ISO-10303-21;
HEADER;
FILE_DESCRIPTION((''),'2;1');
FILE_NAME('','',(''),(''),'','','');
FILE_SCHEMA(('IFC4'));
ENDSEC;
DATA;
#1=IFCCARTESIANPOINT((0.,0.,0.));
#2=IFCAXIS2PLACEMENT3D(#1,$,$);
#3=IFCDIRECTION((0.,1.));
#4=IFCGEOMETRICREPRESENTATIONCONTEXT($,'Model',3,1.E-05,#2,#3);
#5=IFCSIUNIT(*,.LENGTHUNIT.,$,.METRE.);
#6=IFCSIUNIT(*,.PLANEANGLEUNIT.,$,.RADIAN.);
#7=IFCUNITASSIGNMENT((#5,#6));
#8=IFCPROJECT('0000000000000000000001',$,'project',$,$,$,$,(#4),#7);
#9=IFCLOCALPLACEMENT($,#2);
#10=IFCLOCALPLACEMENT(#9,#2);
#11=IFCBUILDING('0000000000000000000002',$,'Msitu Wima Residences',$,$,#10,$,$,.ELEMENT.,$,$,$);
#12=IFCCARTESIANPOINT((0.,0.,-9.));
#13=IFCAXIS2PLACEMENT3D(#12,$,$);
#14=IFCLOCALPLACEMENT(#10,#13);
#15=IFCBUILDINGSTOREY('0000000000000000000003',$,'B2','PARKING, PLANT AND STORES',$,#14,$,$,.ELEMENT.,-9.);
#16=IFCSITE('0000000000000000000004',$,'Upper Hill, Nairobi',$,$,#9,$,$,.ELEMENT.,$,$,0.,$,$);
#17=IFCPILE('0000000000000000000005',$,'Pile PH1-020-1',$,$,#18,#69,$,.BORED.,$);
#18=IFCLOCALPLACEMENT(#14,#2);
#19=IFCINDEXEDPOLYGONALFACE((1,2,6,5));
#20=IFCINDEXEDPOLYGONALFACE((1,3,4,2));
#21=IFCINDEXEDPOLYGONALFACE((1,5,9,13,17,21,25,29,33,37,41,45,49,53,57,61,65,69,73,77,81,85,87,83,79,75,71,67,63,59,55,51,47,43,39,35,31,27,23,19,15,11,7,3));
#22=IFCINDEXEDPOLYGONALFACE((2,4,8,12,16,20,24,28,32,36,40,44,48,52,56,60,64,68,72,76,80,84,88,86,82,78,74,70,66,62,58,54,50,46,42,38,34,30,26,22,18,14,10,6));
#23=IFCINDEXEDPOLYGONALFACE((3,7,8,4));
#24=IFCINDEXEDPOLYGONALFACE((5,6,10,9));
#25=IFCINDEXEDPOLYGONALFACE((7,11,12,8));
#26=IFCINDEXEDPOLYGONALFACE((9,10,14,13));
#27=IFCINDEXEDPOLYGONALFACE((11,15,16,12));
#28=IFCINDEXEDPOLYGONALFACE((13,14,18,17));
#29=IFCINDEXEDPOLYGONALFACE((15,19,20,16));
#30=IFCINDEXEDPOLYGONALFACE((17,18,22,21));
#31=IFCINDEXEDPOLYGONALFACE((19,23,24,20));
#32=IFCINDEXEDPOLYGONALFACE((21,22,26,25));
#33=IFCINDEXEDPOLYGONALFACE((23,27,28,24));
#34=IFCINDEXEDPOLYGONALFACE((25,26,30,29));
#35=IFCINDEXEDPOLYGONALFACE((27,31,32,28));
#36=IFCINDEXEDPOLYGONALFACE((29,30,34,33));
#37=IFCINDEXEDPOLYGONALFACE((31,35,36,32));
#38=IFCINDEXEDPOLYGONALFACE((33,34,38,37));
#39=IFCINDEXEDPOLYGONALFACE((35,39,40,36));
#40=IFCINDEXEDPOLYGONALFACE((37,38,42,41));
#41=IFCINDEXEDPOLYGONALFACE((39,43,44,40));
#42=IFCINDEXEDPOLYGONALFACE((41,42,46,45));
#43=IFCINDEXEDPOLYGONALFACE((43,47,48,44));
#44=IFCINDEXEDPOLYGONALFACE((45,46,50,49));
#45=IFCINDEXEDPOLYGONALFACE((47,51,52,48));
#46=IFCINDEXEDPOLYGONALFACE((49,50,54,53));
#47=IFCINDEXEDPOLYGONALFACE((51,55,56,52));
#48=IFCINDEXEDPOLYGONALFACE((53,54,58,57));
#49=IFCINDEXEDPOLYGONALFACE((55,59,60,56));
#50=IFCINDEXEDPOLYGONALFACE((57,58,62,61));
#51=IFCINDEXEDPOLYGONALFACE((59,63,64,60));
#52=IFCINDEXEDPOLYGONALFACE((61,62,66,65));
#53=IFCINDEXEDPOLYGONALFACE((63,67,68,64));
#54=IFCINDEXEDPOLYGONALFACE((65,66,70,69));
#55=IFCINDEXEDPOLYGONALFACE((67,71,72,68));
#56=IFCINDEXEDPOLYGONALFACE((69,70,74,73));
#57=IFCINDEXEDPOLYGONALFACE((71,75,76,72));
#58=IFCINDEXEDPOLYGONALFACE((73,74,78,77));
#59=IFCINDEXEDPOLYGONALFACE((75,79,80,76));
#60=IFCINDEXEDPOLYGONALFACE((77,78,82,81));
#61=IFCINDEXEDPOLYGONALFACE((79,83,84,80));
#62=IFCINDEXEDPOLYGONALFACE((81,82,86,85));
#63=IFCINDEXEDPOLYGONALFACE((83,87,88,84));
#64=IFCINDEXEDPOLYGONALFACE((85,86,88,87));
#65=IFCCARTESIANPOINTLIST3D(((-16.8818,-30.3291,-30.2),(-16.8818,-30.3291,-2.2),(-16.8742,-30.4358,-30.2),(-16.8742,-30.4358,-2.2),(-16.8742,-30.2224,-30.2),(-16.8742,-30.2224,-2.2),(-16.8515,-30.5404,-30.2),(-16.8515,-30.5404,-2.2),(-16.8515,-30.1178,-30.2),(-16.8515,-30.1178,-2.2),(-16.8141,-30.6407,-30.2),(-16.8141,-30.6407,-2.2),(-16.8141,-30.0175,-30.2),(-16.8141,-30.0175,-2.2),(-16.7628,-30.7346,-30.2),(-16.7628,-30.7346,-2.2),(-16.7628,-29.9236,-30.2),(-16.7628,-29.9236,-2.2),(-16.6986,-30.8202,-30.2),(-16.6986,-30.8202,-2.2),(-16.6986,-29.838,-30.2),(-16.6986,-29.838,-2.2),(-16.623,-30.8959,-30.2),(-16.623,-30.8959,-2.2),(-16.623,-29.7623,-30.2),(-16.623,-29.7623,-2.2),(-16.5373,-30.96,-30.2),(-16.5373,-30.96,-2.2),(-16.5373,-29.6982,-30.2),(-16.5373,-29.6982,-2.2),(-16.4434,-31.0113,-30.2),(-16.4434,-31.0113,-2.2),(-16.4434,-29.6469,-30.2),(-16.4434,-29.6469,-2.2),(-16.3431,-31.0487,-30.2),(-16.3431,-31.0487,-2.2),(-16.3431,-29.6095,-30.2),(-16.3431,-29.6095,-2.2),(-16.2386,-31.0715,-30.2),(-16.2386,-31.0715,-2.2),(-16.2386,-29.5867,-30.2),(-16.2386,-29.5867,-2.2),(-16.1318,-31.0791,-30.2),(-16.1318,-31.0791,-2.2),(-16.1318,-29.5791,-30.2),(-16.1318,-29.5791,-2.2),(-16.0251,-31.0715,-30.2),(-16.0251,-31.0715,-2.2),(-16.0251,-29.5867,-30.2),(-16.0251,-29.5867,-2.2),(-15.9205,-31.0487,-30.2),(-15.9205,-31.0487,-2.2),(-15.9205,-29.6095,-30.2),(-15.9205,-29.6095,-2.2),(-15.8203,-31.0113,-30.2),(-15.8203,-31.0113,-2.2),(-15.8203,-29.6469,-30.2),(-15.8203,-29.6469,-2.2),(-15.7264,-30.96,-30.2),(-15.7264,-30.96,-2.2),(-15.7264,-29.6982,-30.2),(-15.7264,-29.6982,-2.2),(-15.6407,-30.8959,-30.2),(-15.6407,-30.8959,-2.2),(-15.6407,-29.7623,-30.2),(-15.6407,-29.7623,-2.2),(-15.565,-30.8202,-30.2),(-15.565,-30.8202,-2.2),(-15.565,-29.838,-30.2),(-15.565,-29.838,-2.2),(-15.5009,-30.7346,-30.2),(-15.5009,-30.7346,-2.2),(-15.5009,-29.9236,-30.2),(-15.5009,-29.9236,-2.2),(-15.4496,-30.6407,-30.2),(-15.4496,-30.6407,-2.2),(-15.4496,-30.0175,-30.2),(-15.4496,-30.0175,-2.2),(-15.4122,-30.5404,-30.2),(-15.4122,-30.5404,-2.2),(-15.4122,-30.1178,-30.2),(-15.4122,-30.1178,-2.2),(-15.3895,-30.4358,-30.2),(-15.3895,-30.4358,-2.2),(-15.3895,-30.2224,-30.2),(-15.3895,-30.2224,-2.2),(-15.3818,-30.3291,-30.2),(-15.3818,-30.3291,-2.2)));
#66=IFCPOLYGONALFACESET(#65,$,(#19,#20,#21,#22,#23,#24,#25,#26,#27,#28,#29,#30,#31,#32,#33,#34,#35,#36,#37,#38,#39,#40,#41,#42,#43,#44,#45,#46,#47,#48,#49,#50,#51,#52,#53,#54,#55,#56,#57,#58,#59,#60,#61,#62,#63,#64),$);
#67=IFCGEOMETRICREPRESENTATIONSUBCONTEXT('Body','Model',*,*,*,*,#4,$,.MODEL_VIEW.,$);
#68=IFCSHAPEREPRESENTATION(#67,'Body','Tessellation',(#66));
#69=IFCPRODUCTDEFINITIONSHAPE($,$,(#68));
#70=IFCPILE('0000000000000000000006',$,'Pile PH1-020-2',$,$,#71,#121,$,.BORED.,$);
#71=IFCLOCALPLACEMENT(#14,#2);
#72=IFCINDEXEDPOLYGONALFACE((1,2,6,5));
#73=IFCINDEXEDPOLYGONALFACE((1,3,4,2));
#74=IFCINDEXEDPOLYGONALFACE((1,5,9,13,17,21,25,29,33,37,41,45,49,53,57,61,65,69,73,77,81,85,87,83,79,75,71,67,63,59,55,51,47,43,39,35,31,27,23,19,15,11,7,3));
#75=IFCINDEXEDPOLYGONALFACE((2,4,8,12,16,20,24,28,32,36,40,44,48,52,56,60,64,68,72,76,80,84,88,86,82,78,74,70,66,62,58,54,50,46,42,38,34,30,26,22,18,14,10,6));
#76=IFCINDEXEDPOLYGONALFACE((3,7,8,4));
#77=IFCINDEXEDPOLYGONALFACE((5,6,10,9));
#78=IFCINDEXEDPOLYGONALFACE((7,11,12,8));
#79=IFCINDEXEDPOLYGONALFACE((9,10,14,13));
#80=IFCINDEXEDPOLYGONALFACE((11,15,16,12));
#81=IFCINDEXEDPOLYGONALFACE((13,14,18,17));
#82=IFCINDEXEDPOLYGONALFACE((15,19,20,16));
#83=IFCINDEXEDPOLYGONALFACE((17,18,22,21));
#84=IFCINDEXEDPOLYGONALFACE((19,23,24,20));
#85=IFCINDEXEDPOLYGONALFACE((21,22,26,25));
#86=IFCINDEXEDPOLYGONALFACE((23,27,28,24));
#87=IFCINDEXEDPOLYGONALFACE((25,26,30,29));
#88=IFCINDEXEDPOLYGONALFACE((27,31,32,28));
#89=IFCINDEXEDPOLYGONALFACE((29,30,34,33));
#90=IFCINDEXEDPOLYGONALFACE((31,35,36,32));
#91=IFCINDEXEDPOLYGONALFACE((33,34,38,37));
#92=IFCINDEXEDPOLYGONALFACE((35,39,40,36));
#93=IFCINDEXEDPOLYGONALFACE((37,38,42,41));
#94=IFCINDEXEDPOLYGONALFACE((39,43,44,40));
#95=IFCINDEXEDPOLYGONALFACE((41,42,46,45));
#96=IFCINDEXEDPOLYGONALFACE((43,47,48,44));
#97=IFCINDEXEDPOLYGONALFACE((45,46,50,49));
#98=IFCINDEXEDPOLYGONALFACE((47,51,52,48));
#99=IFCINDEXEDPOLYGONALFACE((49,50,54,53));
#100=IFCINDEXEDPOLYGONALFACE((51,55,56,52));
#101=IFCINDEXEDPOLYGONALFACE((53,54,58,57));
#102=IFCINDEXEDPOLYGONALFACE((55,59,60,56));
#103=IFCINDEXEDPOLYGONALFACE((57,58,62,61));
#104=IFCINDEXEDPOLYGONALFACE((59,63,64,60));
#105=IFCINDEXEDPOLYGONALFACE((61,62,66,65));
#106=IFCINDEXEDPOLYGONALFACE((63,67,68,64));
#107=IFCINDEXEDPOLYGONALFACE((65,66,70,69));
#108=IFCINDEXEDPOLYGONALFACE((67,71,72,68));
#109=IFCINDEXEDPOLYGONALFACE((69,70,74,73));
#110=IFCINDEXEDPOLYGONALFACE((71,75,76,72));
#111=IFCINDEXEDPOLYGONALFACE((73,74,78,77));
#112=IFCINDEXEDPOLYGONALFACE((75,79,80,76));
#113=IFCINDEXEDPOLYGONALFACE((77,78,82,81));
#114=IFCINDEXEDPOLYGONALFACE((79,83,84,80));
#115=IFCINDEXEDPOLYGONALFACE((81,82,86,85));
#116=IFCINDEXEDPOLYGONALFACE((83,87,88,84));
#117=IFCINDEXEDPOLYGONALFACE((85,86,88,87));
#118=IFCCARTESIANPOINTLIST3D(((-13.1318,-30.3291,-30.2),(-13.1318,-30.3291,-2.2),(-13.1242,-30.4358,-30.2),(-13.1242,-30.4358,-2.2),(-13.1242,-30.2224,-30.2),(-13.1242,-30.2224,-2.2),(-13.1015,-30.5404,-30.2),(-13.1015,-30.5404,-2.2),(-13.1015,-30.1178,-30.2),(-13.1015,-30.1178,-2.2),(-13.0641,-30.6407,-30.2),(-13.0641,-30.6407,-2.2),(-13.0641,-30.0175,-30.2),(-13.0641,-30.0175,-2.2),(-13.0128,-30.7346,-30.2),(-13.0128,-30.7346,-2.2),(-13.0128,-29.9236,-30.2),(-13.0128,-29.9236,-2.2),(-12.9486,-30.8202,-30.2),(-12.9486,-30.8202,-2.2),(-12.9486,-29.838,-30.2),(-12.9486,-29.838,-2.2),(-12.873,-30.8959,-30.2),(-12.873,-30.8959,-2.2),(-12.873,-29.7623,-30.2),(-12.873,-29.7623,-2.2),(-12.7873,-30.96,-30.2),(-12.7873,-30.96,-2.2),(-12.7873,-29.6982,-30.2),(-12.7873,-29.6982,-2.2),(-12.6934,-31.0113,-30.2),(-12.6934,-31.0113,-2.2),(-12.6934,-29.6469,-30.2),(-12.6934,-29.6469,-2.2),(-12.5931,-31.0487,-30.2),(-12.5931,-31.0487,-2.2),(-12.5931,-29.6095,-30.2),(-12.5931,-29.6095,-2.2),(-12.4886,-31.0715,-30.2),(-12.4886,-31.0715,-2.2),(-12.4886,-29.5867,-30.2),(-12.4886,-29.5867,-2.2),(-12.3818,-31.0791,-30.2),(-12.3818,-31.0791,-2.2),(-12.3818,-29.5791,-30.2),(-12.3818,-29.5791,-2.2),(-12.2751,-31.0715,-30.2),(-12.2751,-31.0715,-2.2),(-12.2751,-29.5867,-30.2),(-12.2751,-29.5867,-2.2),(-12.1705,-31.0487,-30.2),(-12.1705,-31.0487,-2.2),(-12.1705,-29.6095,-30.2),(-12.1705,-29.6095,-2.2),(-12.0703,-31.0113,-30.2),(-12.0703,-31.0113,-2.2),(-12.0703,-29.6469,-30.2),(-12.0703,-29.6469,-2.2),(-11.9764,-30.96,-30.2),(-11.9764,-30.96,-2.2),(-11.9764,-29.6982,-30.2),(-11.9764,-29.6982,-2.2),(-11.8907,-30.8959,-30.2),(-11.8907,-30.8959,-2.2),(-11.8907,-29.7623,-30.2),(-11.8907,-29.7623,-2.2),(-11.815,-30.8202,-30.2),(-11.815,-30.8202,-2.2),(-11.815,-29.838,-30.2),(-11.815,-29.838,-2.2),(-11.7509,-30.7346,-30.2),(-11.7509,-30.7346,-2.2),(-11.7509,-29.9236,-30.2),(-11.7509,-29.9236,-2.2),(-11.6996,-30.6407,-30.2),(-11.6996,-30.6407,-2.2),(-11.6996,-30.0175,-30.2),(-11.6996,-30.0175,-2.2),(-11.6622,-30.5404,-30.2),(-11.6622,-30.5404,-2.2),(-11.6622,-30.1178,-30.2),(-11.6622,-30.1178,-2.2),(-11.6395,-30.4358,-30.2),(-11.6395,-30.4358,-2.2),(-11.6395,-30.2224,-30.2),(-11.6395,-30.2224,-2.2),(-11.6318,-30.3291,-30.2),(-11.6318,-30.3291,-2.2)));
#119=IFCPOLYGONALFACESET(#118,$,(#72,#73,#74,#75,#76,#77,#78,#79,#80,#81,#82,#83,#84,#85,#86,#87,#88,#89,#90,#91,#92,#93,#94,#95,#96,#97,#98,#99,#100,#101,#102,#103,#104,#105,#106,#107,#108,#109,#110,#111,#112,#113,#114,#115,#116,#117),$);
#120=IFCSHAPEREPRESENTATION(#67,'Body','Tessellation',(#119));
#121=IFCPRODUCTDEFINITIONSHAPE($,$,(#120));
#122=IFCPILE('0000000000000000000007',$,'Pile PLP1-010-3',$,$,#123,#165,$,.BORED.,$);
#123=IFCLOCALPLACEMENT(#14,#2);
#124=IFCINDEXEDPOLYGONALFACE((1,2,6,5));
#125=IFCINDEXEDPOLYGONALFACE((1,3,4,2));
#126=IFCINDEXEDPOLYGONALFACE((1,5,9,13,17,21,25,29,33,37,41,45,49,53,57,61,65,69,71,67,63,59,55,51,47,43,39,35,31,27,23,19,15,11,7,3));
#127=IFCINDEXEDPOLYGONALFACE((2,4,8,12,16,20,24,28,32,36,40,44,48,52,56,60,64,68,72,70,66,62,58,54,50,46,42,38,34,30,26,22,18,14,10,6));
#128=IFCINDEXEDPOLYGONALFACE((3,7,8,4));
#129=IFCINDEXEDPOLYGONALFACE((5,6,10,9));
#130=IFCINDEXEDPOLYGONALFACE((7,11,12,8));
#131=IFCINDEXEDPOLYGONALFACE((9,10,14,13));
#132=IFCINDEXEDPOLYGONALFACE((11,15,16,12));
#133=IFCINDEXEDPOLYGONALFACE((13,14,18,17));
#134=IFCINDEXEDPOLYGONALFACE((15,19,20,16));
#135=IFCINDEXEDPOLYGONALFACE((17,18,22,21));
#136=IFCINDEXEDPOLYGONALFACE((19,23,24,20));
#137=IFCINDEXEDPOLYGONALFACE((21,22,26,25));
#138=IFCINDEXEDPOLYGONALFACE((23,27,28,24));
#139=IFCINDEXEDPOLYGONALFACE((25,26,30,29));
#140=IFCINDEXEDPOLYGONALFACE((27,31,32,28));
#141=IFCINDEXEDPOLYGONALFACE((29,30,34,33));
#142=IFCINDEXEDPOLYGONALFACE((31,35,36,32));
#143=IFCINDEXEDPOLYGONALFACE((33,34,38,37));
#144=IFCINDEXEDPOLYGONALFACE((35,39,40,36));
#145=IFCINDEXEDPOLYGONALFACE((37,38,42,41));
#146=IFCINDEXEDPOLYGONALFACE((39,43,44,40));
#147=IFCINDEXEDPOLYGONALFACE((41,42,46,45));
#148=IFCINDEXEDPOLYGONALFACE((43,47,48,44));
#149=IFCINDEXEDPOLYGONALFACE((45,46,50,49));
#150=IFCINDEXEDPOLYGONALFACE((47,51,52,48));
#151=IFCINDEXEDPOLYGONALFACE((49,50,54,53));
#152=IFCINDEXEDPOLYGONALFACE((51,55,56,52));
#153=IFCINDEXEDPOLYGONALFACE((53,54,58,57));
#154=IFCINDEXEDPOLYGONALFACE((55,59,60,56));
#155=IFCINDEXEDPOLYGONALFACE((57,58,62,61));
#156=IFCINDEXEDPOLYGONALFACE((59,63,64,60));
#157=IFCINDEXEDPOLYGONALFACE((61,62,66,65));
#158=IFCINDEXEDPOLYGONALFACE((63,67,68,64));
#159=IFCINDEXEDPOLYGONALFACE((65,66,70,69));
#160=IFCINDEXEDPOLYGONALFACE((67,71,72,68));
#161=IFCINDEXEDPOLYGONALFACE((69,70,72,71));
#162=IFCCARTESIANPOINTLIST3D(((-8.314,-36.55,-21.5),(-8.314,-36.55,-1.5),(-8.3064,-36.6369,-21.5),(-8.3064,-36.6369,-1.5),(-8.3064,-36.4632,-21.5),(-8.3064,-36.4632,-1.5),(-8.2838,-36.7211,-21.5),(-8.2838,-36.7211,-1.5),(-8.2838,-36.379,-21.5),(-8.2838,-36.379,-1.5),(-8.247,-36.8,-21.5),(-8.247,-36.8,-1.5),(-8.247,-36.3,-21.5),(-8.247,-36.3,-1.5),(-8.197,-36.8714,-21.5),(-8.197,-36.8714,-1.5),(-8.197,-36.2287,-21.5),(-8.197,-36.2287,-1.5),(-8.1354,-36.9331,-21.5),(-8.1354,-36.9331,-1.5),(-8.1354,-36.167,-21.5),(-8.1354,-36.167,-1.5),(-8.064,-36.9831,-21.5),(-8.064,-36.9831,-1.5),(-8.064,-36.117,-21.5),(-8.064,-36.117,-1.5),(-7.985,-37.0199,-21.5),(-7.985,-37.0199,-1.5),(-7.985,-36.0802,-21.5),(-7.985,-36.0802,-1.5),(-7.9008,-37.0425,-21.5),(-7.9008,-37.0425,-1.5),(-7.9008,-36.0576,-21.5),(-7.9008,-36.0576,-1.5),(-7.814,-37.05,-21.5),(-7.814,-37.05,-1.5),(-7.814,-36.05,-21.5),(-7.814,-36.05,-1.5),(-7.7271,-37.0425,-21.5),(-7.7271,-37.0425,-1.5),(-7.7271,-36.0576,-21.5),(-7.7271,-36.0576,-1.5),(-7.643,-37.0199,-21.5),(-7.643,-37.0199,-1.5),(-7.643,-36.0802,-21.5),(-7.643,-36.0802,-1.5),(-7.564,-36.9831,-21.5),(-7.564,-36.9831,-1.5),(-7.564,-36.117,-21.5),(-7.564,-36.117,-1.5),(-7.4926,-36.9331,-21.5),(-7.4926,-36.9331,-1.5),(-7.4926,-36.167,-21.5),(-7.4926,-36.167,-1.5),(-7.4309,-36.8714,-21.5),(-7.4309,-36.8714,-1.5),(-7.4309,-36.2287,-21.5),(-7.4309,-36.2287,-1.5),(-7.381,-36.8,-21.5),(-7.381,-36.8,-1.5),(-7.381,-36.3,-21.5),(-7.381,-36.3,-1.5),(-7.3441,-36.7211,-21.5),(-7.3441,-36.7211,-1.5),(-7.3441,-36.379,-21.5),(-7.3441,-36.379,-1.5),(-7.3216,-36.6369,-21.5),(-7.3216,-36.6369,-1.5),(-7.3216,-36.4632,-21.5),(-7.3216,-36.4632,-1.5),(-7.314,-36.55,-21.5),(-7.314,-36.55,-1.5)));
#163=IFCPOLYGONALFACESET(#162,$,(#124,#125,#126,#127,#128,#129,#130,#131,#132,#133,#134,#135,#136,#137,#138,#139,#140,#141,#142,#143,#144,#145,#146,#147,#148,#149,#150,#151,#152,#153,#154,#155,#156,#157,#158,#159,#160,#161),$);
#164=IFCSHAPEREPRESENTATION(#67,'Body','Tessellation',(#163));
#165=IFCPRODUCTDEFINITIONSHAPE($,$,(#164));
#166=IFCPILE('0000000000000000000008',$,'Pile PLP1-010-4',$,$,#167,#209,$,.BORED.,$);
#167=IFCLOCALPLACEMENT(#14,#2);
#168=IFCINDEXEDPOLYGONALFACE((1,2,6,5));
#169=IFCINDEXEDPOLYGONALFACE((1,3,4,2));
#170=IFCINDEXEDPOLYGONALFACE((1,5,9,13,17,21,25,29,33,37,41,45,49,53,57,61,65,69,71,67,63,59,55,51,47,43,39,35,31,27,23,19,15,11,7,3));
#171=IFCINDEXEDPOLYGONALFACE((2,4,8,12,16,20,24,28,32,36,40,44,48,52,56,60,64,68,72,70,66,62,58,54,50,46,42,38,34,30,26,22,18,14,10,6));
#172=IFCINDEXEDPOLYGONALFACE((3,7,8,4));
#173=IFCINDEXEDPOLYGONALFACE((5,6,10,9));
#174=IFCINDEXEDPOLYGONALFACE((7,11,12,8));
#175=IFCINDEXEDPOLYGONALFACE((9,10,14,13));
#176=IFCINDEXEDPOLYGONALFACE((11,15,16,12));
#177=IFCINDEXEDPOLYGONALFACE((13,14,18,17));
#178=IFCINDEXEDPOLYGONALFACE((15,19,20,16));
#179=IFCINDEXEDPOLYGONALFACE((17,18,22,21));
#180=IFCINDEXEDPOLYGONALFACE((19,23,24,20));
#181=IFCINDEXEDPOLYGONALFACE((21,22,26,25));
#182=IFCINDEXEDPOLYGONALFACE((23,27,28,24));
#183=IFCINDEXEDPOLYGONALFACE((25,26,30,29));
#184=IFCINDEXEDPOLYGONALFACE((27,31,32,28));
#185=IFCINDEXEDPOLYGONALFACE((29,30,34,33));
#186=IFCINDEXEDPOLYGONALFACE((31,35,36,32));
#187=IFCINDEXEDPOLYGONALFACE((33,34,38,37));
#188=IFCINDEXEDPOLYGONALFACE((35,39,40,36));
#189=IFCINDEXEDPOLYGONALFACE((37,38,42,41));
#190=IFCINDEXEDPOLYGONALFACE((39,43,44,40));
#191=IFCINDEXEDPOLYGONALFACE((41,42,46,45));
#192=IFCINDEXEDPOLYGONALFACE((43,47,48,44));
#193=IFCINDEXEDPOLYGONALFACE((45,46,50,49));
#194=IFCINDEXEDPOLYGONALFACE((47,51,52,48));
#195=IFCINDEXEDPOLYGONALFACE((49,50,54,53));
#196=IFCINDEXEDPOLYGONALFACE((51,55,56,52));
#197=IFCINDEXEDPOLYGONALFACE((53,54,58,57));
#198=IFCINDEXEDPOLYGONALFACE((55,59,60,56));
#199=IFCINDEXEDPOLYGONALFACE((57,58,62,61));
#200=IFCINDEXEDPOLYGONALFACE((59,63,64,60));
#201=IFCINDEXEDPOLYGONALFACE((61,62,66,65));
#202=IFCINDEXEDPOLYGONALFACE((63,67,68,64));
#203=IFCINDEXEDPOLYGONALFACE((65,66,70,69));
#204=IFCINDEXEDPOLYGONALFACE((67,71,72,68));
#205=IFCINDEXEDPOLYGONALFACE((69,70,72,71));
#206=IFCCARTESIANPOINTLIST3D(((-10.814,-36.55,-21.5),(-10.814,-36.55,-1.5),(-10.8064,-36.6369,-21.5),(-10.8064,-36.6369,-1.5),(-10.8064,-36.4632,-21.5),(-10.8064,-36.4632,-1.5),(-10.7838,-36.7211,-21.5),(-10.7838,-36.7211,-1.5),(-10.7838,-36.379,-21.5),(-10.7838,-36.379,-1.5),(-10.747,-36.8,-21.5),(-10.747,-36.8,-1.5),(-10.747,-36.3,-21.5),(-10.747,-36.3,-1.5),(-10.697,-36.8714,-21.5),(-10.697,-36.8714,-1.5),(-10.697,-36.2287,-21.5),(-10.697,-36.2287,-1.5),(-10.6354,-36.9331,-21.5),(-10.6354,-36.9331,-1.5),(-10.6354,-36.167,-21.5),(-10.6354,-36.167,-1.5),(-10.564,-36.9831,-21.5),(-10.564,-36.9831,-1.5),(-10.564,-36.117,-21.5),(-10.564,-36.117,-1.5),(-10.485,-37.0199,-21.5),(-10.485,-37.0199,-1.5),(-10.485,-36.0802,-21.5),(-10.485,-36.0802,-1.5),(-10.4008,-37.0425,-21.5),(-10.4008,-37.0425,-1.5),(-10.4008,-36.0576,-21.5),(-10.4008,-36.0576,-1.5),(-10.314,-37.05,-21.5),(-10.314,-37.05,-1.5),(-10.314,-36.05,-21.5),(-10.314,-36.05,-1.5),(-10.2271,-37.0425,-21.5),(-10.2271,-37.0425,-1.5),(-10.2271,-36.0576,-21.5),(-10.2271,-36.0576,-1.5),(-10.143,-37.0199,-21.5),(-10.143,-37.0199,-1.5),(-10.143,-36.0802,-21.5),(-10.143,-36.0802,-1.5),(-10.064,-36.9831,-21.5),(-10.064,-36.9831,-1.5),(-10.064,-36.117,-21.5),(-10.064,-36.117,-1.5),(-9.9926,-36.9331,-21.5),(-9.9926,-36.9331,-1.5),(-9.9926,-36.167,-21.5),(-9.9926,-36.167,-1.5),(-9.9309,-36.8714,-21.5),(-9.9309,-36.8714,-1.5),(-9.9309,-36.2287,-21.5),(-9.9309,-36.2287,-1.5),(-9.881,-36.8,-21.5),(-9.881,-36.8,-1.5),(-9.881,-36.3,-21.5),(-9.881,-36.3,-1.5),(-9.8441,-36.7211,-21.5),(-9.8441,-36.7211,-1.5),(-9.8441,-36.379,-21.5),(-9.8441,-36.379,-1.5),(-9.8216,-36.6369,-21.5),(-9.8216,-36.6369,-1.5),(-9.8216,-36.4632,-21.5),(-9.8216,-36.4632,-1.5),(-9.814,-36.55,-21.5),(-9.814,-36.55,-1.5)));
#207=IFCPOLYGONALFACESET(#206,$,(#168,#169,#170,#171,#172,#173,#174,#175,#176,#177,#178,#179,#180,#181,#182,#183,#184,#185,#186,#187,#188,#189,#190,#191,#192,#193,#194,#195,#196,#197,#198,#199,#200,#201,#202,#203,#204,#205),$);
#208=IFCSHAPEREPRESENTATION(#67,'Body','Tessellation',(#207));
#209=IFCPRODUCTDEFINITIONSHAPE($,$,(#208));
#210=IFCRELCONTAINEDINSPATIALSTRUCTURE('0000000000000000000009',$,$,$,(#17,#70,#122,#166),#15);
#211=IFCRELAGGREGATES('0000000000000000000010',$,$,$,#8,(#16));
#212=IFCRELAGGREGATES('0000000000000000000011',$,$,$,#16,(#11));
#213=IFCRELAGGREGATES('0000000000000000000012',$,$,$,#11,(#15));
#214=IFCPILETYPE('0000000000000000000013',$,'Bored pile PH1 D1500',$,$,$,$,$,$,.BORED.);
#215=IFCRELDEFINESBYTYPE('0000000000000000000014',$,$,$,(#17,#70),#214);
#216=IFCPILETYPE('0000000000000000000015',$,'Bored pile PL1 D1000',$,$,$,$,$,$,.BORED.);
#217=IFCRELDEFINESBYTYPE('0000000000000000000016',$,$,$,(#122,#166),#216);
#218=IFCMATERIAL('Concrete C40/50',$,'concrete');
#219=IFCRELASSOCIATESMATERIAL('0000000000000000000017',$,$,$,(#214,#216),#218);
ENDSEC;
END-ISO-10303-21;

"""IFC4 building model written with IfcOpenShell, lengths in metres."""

from ifc_helpers import new_model, si_unit, direction, frame, origin, origin_2d, place, context, subcontext, project, spatial, circle, extrude, material, type_object, element, save


model = new_model("IFC4")

# Units and contexts
model_context = context("Model", 3, precision=1e-05, world=origin(), true_north=direction((0.0, 1.0)))
body_context = subcontext(model_context, "Body", "Model", "MODEL_VIEW")
ifc_project = project(units=[si_unit("LENGTHUNIT", "METRE"), si_unit("PLANEANGLEUNIT", "RADIAN")], contexts=[model_context])

# Site, building, storey
site_placement = place(None, origin())
site = spatial("IfcSite", under=ifc_project, at=site_placement, Name="Upper Hill, Nairobi", CompositionType="ELEMENT", RefElevation=0.0)
building_placement = place(site_placement, origin())
building = spatial("IfcBuilding", under=site, at=building_placement, Name="Msitu Wima Residences", CompositionType="ELEMENT")
storey_placement = place(building_placement, frame((0.0, 0.0, -9.0)))
storey = spatial("IfcBuildingStorey", under=building, at=storey_placement, Name="B2", Description="PARKING, PLANT AND STORES", CompositionType="ELEMENT", Elevation=-9.0)

# Piles
ifc_material_1 = material(Name="Concrete C40/50", Category="concrete")
pile_type_1 = type_object("IfcPileType", Name="Bored pile PH1 D1500", PredefinedType="BORED", material=ifc_material_1)
for number, where, z_axis, x_axis, name in (
    (1, (-16.1318, -30.3291, -2.2), (0.0, 0.0, -1.0), (1.0, 0.0, 0.0), "Pile PH1-020-1"),
    (2, (-12.3818, -30.3291, -2.2), (0.0, 0.0, -1.0), (1.0, 0.0, 0.0), "Pile PH1-020-2"),
):
    element("IfcPile", number, at=place(storey_placement, frame(where, z_axis=z_axis, x_axis=x_axis)), inside=storey, type_object=pile_type_1, Name=name, PredefinedType="BORED", context=body_context, shape_type="SweptSolid", body=[
        extrude(circle(Radius=0.75, at=origin_2d()), origin(), (0.0, 0.0, 1.0), 28.0),
    ])
pile_type_2 = type_object("IfcPileType", Name="Bored pile PL1 D1000", PredefinedType="BORED", material=ifc_material_1)
for number, where, z_axis, x_axis, name in (
    (3, (-7.814, -36.55, -1.5), (0.0, 0.0, -1.0), (1.0, 0.0, 0.0), "Pile PLP1-010-3"),
    (4, (-10.314, -36.55, -1.5), (0.0, 0.0, -1.0), (1.0, 0.0, 0.0), "Pile PLP1-010-4"),
):
    element("IfcPile", number, at=place(storey_placement, frame(where, z_axis=z_axis, x_axis=x_axis)), inside=storey, type_object=pile_type_2, Name=name, PredefinedType="BORED", context=body_context, shape_type="SweptSolid", body=[
        extrude(circle(Radius=0.5, at=origin_2d()), origin(), (0.0, 0.0, 1.0), 20.0),
    ])

save(model, "model.ifc")
